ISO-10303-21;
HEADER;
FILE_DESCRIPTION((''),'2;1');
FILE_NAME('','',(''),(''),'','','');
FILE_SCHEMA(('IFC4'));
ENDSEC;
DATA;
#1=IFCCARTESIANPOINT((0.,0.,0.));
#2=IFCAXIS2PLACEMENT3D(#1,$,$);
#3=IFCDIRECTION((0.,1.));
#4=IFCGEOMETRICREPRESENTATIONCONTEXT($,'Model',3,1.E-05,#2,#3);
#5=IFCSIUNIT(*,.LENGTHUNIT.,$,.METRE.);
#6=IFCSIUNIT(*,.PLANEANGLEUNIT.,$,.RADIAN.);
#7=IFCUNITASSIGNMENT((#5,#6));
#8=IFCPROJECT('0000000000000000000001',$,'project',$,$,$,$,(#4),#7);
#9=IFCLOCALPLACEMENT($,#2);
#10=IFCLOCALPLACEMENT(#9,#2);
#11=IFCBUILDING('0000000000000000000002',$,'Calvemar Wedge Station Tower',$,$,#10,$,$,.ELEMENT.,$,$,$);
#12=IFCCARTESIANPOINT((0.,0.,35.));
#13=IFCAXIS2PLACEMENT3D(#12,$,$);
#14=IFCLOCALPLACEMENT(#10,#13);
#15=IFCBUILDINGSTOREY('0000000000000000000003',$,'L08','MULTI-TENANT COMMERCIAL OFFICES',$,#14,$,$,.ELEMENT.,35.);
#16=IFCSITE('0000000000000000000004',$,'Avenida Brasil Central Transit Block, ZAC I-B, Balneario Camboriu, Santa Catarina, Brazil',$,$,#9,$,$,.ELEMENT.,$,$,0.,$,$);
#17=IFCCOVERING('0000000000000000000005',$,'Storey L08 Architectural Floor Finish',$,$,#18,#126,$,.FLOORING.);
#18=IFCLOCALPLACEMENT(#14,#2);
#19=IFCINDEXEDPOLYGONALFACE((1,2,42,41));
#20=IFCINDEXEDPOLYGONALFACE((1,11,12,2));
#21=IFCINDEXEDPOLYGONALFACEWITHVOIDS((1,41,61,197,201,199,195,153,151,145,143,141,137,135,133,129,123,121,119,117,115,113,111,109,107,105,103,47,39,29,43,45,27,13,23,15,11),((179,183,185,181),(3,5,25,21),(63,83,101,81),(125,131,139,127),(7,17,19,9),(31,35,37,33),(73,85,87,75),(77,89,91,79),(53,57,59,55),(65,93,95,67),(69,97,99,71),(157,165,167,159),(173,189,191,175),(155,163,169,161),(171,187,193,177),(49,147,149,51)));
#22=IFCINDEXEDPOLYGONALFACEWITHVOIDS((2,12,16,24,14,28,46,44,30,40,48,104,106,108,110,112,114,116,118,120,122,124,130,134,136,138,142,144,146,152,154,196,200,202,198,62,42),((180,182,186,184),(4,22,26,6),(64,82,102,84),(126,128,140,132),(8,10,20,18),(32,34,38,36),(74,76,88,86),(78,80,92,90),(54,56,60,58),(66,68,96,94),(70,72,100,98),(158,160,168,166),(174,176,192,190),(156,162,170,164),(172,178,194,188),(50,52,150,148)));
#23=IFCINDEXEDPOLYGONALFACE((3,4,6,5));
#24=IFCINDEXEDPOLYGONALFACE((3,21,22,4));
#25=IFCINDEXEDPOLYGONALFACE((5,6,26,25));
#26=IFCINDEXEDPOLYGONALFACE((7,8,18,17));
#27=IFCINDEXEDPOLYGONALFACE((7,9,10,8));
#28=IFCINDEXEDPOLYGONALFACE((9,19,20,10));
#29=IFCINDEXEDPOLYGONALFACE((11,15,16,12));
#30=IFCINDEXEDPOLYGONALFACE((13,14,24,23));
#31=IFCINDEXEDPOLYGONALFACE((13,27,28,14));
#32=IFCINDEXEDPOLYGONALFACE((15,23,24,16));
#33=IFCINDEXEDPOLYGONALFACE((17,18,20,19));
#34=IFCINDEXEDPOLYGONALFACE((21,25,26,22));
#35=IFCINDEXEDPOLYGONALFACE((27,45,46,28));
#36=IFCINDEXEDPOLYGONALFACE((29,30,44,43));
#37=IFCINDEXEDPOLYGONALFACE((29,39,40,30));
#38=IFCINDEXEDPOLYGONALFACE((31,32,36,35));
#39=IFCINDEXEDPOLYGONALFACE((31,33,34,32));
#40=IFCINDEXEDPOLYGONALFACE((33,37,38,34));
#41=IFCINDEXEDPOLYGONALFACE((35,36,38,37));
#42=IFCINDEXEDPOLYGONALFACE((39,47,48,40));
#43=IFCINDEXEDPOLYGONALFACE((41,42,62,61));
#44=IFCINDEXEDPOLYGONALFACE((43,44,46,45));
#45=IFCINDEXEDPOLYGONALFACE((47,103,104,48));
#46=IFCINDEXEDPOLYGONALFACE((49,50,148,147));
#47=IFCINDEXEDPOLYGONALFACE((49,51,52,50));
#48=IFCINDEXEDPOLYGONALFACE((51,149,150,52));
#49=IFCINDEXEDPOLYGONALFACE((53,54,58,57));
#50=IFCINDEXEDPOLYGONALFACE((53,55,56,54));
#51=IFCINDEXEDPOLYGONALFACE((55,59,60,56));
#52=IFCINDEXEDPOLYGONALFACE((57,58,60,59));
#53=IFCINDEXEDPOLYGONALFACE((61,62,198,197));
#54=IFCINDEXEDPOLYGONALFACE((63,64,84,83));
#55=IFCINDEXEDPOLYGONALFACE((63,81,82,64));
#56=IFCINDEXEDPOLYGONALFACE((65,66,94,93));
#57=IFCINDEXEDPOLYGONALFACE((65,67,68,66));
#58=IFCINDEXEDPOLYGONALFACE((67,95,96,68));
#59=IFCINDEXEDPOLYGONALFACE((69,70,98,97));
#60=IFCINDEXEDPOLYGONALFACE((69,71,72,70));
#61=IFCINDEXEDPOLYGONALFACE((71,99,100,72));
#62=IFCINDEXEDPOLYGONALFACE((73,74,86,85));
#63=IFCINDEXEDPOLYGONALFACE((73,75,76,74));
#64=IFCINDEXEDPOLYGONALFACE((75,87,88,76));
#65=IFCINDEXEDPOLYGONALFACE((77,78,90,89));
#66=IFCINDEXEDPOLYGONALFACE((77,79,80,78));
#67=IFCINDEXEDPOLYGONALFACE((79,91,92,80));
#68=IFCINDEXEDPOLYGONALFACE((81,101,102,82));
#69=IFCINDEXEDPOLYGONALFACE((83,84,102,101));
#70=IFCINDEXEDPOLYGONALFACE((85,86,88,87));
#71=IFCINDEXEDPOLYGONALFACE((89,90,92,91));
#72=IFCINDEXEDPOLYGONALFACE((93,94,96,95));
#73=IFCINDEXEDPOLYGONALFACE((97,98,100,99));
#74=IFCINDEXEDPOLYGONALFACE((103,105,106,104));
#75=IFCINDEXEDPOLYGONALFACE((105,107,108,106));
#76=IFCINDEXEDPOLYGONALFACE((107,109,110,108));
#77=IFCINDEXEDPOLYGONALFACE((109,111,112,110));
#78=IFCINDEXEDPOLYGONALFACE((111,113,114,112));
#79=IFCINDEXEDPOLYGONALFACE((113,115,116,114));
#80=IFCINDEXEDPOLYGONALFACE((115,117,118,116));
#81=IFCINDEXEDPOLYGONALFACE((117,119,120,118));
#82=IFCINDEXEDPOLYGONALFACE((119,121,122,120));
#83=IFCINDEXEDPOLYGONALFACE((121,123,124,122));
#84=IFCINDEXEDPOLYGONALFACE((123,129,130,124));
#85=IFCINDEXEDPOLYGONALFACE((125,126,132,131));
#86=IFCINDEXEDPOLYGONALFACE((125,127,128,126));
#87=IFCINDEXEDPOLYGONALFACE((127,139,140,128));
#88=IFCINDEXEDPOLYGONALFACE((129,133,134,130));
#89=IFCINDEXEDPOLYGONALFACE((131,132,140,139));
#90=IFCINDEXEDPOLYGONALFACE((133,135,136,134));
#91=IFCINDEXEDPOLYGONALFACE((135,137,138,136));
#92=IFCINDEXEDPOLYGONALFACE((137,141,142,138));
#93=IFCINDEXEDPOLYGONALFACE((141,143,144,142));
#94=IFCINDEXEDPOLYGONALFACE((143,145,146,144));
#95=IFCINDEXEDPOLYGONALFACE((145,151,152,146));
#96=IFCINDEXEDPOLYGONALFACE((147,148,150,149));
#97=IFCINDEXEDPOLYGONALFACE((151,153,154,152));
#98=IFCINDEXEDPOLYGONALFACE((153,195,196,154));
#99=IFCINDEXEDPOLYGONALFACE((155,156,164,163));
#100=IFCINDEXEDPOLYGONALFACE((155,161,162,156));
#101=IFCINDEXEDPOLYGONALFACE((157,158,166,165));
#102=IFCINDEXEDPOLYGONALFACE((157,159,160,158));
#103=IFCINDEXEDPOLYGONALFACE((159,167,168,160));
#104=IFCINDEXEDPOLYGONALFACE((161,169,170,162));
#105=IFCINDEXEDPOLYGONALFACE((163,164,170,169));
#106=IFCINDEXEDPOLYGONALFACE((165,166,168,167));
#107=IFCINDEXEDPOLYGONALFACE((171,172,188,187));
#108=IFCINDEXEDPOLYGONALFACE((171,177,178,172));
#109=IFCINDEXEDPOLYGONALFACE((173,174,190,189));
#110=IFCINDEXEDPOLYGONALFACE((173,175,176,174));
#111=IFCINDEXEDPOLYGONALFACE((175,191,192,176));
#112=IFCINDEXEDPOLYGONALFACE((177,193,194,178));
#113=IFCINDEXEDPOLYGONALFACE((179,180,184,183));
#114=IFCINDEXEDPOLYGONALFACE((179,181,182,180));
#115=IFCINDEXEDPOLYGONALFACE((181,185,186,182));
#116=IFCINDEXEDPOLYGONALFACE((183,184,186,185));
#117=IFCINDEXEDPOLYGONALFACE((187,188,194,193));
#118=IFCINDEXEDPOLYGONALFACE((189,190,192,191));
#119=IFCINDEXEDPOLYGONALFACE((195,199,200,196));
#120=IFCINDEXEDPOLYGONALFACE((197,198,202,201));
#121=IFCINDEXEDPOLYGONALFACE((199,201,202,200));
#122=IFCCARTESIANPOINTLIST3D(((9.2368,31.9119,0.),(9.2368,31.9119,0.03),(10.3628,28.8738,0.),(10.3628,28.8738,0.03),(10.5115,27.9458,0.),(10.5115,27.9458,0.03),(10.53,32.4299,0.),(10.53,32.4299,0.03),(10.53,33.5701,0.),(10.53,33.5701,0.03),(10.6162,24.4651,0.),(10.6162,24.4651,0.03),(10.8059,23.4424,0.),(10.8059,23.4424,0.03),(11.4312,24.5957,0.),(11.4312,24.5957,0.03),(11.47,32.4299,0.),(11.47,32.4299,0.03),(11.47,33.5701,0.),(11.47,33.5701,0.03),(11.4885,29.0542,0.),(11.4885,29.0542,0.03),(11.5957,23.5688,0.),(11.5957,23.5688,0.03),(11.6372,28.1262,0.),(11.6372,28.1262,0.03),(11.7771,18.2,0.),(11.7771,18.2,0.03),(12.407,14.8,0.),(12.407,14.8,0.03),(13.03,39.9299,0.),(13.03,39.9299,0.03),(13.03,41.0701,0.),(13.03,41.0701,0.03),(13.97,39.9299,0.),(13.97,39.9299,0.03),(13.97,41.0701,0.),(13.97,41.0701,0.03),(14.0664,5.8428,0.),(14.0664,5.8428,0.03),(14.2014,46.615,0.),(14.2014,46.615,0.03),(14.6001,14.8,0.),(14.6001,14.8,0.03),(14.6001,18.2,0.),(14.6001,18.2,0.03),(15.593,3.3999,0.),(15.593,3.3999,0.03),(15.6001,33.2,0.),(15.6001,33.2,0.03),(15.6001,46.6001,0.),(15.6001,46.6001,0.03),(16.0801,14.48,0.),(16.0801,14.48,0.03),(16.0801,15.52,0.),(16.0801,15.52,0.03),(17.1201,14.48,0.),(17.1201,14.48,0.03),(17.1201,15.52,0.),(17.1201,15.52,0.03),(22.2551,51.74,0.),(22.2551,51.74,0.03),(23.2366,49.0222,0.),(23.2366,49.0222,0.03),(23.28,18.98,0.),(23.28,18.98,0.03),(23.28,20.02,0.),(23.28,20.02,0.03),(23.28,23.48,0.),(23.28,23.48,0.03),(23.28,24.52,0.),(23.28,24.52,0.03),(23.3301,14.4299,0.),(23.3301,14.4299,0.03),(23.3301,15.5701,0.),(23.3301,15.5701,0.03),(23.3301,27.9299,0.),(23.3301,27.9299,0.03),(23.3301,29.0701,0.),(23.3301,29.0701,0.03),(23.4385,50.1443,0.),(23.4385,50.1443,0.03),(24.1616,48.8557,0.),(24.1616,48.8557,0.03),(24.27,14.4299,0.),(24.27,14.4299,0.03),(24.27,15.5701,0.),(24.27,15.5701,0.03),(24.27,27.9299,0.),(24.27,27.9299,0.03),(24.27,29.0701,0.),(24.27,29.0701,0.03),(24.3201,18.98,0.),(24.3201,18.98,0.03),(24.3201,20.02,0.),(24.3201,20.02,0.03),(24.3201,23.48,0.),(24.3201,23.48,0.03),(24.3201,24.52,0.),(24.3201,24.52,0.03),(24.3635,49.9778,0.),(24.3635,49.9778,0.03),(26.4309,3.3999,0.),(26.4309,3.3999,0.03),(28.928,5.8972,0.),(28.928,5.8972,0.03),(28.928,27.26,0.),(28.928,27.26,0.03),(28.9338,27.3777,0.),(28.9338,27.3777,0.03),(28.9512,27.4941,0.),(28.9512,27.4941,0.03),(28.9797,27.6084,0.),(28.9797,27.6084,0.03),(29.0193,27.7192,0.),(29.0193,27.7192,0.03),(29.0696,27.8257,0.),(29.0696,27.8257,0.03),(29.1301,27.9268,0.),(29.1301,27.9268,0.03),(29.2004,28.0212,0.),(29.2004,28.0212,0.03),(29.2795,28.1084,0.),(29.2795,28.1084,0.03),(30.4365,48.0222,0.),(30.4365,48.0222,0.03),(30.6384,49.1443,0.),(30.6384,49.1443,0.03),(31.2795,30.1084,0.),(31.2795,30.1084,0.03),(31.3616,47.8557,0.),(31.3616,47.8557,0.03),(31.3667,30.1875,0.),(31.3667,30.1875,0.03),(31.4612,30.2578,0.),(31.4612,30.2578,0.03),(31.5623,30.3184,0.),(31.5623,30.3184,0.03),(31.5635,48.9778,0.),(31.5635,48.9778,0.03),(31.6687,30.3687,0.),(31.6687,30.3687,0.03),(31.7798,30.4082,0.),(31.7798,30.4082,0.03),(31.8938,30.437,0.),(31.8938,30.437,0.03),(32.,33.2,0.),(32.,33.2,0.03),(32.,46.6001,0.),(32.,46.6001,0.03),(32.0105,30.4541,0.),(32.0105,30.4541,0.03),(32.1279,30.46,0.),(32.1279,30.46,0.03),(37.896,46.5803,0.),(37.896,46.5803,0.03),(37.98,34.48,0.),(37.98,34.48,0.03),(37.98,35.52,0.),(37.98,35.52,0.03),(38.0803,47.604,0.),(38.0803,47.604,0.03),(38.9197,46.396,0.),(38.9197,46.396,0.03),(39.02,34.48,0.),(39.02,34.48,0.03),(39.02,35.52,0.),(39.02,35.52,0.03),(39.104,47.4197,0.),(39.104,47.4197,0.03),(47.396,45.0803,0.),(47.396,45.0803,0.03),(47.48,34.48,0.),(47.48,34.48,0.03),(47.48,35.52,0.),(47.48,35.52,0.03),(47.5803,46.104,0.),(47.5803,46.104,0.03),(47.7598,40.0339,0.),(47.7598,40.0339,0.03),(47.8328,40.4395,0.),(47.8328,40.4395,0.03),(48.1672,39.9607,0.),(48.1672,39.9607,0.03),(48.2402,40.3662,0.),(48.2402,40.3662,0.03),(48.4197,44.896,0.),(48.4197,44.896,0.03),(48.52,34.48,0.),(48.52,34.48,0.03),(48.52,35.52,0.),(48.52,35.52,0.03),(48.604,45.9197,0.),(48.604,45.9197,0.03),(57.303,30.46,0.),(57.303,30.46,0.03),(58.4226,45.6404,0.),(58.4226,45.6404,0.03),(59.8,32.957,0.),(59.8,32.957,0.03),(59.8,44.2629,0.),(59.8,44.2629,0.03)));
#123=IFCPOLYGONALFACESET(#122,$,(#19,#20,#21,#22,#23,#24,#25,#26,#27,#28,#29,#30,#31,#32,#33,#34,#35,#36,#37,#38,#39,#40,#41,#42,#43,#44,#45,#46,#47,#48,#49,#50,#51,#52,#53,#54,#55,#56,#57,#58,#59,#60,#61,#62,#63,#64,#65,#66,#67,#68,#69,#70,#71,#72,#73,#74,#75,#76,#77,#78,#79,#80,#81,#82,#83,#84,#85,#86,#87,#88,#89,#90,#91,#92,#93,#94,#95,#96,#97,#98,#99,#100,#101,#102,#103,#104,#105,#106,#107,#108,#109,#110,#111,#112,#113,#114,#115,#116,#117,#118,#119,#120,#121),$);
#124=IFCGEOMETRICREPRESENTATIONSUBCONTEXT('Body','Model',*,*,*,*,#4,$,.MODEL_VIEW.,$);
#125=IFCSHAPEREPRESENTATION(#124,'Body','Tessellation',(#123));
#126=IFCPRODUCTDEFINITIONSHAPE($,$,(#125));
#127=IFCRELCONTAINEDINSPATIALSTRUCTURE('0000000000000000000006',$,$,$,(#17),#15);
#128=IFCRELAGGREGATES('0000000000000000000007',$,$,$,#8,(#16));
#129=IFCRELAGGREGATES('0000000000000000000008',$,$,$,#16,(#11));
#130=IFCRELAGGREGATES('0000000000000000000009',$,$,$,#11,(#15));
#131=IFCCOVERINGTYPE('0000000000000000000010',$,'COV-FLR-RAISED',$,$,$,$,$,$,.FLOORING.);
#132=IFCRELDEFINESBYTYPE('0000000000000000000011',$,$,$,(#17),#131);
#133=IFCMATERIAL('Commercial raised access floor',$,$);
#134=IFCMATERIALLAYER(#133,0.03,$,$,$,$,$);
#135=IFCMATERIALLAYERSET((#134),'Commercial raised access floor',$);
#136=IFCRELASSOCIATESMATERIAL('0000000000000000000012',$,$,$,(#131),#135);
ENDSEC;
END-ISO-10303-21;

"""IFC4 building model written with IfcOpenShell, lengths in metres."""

from ifc_helpers import new_model, si_unit, direction, frame, origin, place, context, subcontext, project, spatial, polyline, outline, extrude, material, layer, layer_set, type_object, element, save


model = new_model("IFC4")

# Units and contexts
model_context = context("Model", 3, precision=1e-05, world=origin(), true_north=direction((0.0, 1.0)))
body_context = subcontext(model_context, "Body", "Model", "MODEL_VIEW")
ifc_project = project(units=[si_unit("LENGTHUNIT", "METRE"), si_unit("PLANEANGLEUNIT", "RADIAN")], contexts=[model_context])

# Site, building, storey
site_placement = place(None, origin())
site = spatial("IfcSite", under=ifc_project, at=site_placement, Name="Avenida Brasil Central Transit Block, ZAC I-B, Balneario Camboriu, Santa Catarina, Brazil", CompositionType="ELEMENT", RefElevation=0.0)
building_placement = place(site_placement, origin())
building = spatial("IfcBuilding", under=site, at=building_placement, Name="Calvemar Wedge Station Tower", CompositionType="ELEMENT")
storey_placement = place(building_placement, frame((0.0, 0.0, 35.0)))
storey = spatial("IfcBuildingStorey", under=building, at=storey_placement, Name="L08", Description="MULTI-TENANT COMMERCIAL OFFICES", CompositionType="ELEMENT", Elevation=35.0)

# Covering
ifc_material_1 = material(Name="Commercial raised access floor")
ifc_layer_1 = layer(ifc_material_1, 0.03)
ifc_layer_set_1 = layer_set([ifc_layer_1], Name="Commercial raised access floor")
covering_type_1 = type_object("IfcCoveringType", Name="COV-FLR-RAISED", PredefinedType="FLOORING", material=ifc_layer_set_1)
covering_1_placement = place(storey_placement, origin())
element("IfcCovering", 1, at=covering_1_placement, inside=storey, type_object=covering_type_1, Name="Storey L08 Architectural Floor Finish", PredefinedType="FLOORING", context=body_context, shape_type="SweptSolid", body=[
    extrude(outline(polyline([(29.2795, 28.1084), (31.2795, 30.1084), (31.3667, 30.1875), (31.4612, 30.2578), (31.5623, 30.3184), (31.6687, 30.3687), (31.7798, 30.4082), (31.8938, 30.437), (32.0105, 30.4541), (32.1279, 30.46), (57.303, 30.46), (59.8, 32.957), (59.8, 44.2629), (58.4226, 45.6404), (22.2551, 51.74), (14.2014, 46.615), (9.2368, 31.9119), (10.6162, 24.4651), (11.4312, 24.5957), (11.5957, 23.5688), (10.8059, 23.4424), (11.7771, 18.2), (14.6001, 18.2), (14.6001, 14.8), (12.407, 14.8), (14.0664, 5.8428), (15.593, 3.3999), (26.4309, 3.3999), (28.928, 5.8972), (28.928, 27.26), (28.9338, 27.3777), (28.9512, 27.4941), (28.9797, 27.6084), (29.0193, 27.7192), (29.0696, 27.8257), (29.1301, 27.9268), (29.2004, 28.0212), (29.2795, 28.1084)]), holes=[polyline([(15.6001, 46.6001), (32.0, 46.6001), (32.0, 33.2), (15.6001, 33.2), (15.6001, 46.6001)]), polyline([(10.53, 32.4299), (10.53, 33.5701), (11.47, 33.5701), (11.47, 32.4299), (10.53, 32.4299)]), polyline([(13.03, 41.0701), (13.97, 41.0701), (13.97, 39.9299), (13.03, 39.9299), (13.03, 41.0701)]), polyline([(24.3635, 49.9778), (24.1616, 48.8557), (23.2366, 49.0222), (23.4385, 50.1443), (24.3635, 49.9778)]), polyline([(31.3616, 47.8557), (30.4365, 48.0222), (30.6384, 49.1443), (31.5635, 48.9778), (31.3616, 47.8557)]), polyline([(37.896, 46.5803), (38.0803, 47.604), (39.104, 47.4197), (38.9197, 46.396), (37.896, 46.5803)]), polyline([(47.5803, 46.104), (48.604, 45.9197), (48.4197, 44.896), (47.396, 45.0803), (47.5803, 46.104)]), polyline([(39.02, 35.52), (39.02, 34.48), (37.98, 34.48), (37.98, 35.52), (39.02, 35.52)]), polyline([(48.52, 34.48), (47.48, 34.48), (47.48, 35.52), (48.52, 35.52), (48.52, 34.48)]), polyline([(47.7598, 40.0339), (47.8328, 40.4395), (48.2402, 40.3662), (48.1672, 39.9607), (47.7598, 40.0339)]), polyline([(11.4885, 29.0542), (11.6372, 28.1262), (10.5115, 27.9458), (10.3628, 28.8738), (11.4885, 29.0542)]), polyline([(24.27, 27.9299), (23.3301, 27.9299), (23.3301, 29.0701), (24.27, 29.0701), (24.27, 27.9299)]), polyline([(23.28, 23.48), (23.28, 24.52), (24.3201, 24.52), (24.3201, 23.48), (23.28, 23.48)]), polyline([(23.28, 20.02), (24.3201, 20.02), (24.3201, 18.98), (23.28, 18.98), (23.28, 20.02)]), polyline([(24.27, 15.5701), (24.27, 14.4299), (23.3301, 14.4299), (23.3301, 15.5701), (24.27, 15.5701)]), polyline([(17.1201, 14.48), (16.0801, 14.48), (16.0801, 15.52), (17.1201, 15.52), (17.1201, 14.48)])]), origin(), (0.0, 0.0, 1.0), 0.03),
])

save(model, "model.ifc")
